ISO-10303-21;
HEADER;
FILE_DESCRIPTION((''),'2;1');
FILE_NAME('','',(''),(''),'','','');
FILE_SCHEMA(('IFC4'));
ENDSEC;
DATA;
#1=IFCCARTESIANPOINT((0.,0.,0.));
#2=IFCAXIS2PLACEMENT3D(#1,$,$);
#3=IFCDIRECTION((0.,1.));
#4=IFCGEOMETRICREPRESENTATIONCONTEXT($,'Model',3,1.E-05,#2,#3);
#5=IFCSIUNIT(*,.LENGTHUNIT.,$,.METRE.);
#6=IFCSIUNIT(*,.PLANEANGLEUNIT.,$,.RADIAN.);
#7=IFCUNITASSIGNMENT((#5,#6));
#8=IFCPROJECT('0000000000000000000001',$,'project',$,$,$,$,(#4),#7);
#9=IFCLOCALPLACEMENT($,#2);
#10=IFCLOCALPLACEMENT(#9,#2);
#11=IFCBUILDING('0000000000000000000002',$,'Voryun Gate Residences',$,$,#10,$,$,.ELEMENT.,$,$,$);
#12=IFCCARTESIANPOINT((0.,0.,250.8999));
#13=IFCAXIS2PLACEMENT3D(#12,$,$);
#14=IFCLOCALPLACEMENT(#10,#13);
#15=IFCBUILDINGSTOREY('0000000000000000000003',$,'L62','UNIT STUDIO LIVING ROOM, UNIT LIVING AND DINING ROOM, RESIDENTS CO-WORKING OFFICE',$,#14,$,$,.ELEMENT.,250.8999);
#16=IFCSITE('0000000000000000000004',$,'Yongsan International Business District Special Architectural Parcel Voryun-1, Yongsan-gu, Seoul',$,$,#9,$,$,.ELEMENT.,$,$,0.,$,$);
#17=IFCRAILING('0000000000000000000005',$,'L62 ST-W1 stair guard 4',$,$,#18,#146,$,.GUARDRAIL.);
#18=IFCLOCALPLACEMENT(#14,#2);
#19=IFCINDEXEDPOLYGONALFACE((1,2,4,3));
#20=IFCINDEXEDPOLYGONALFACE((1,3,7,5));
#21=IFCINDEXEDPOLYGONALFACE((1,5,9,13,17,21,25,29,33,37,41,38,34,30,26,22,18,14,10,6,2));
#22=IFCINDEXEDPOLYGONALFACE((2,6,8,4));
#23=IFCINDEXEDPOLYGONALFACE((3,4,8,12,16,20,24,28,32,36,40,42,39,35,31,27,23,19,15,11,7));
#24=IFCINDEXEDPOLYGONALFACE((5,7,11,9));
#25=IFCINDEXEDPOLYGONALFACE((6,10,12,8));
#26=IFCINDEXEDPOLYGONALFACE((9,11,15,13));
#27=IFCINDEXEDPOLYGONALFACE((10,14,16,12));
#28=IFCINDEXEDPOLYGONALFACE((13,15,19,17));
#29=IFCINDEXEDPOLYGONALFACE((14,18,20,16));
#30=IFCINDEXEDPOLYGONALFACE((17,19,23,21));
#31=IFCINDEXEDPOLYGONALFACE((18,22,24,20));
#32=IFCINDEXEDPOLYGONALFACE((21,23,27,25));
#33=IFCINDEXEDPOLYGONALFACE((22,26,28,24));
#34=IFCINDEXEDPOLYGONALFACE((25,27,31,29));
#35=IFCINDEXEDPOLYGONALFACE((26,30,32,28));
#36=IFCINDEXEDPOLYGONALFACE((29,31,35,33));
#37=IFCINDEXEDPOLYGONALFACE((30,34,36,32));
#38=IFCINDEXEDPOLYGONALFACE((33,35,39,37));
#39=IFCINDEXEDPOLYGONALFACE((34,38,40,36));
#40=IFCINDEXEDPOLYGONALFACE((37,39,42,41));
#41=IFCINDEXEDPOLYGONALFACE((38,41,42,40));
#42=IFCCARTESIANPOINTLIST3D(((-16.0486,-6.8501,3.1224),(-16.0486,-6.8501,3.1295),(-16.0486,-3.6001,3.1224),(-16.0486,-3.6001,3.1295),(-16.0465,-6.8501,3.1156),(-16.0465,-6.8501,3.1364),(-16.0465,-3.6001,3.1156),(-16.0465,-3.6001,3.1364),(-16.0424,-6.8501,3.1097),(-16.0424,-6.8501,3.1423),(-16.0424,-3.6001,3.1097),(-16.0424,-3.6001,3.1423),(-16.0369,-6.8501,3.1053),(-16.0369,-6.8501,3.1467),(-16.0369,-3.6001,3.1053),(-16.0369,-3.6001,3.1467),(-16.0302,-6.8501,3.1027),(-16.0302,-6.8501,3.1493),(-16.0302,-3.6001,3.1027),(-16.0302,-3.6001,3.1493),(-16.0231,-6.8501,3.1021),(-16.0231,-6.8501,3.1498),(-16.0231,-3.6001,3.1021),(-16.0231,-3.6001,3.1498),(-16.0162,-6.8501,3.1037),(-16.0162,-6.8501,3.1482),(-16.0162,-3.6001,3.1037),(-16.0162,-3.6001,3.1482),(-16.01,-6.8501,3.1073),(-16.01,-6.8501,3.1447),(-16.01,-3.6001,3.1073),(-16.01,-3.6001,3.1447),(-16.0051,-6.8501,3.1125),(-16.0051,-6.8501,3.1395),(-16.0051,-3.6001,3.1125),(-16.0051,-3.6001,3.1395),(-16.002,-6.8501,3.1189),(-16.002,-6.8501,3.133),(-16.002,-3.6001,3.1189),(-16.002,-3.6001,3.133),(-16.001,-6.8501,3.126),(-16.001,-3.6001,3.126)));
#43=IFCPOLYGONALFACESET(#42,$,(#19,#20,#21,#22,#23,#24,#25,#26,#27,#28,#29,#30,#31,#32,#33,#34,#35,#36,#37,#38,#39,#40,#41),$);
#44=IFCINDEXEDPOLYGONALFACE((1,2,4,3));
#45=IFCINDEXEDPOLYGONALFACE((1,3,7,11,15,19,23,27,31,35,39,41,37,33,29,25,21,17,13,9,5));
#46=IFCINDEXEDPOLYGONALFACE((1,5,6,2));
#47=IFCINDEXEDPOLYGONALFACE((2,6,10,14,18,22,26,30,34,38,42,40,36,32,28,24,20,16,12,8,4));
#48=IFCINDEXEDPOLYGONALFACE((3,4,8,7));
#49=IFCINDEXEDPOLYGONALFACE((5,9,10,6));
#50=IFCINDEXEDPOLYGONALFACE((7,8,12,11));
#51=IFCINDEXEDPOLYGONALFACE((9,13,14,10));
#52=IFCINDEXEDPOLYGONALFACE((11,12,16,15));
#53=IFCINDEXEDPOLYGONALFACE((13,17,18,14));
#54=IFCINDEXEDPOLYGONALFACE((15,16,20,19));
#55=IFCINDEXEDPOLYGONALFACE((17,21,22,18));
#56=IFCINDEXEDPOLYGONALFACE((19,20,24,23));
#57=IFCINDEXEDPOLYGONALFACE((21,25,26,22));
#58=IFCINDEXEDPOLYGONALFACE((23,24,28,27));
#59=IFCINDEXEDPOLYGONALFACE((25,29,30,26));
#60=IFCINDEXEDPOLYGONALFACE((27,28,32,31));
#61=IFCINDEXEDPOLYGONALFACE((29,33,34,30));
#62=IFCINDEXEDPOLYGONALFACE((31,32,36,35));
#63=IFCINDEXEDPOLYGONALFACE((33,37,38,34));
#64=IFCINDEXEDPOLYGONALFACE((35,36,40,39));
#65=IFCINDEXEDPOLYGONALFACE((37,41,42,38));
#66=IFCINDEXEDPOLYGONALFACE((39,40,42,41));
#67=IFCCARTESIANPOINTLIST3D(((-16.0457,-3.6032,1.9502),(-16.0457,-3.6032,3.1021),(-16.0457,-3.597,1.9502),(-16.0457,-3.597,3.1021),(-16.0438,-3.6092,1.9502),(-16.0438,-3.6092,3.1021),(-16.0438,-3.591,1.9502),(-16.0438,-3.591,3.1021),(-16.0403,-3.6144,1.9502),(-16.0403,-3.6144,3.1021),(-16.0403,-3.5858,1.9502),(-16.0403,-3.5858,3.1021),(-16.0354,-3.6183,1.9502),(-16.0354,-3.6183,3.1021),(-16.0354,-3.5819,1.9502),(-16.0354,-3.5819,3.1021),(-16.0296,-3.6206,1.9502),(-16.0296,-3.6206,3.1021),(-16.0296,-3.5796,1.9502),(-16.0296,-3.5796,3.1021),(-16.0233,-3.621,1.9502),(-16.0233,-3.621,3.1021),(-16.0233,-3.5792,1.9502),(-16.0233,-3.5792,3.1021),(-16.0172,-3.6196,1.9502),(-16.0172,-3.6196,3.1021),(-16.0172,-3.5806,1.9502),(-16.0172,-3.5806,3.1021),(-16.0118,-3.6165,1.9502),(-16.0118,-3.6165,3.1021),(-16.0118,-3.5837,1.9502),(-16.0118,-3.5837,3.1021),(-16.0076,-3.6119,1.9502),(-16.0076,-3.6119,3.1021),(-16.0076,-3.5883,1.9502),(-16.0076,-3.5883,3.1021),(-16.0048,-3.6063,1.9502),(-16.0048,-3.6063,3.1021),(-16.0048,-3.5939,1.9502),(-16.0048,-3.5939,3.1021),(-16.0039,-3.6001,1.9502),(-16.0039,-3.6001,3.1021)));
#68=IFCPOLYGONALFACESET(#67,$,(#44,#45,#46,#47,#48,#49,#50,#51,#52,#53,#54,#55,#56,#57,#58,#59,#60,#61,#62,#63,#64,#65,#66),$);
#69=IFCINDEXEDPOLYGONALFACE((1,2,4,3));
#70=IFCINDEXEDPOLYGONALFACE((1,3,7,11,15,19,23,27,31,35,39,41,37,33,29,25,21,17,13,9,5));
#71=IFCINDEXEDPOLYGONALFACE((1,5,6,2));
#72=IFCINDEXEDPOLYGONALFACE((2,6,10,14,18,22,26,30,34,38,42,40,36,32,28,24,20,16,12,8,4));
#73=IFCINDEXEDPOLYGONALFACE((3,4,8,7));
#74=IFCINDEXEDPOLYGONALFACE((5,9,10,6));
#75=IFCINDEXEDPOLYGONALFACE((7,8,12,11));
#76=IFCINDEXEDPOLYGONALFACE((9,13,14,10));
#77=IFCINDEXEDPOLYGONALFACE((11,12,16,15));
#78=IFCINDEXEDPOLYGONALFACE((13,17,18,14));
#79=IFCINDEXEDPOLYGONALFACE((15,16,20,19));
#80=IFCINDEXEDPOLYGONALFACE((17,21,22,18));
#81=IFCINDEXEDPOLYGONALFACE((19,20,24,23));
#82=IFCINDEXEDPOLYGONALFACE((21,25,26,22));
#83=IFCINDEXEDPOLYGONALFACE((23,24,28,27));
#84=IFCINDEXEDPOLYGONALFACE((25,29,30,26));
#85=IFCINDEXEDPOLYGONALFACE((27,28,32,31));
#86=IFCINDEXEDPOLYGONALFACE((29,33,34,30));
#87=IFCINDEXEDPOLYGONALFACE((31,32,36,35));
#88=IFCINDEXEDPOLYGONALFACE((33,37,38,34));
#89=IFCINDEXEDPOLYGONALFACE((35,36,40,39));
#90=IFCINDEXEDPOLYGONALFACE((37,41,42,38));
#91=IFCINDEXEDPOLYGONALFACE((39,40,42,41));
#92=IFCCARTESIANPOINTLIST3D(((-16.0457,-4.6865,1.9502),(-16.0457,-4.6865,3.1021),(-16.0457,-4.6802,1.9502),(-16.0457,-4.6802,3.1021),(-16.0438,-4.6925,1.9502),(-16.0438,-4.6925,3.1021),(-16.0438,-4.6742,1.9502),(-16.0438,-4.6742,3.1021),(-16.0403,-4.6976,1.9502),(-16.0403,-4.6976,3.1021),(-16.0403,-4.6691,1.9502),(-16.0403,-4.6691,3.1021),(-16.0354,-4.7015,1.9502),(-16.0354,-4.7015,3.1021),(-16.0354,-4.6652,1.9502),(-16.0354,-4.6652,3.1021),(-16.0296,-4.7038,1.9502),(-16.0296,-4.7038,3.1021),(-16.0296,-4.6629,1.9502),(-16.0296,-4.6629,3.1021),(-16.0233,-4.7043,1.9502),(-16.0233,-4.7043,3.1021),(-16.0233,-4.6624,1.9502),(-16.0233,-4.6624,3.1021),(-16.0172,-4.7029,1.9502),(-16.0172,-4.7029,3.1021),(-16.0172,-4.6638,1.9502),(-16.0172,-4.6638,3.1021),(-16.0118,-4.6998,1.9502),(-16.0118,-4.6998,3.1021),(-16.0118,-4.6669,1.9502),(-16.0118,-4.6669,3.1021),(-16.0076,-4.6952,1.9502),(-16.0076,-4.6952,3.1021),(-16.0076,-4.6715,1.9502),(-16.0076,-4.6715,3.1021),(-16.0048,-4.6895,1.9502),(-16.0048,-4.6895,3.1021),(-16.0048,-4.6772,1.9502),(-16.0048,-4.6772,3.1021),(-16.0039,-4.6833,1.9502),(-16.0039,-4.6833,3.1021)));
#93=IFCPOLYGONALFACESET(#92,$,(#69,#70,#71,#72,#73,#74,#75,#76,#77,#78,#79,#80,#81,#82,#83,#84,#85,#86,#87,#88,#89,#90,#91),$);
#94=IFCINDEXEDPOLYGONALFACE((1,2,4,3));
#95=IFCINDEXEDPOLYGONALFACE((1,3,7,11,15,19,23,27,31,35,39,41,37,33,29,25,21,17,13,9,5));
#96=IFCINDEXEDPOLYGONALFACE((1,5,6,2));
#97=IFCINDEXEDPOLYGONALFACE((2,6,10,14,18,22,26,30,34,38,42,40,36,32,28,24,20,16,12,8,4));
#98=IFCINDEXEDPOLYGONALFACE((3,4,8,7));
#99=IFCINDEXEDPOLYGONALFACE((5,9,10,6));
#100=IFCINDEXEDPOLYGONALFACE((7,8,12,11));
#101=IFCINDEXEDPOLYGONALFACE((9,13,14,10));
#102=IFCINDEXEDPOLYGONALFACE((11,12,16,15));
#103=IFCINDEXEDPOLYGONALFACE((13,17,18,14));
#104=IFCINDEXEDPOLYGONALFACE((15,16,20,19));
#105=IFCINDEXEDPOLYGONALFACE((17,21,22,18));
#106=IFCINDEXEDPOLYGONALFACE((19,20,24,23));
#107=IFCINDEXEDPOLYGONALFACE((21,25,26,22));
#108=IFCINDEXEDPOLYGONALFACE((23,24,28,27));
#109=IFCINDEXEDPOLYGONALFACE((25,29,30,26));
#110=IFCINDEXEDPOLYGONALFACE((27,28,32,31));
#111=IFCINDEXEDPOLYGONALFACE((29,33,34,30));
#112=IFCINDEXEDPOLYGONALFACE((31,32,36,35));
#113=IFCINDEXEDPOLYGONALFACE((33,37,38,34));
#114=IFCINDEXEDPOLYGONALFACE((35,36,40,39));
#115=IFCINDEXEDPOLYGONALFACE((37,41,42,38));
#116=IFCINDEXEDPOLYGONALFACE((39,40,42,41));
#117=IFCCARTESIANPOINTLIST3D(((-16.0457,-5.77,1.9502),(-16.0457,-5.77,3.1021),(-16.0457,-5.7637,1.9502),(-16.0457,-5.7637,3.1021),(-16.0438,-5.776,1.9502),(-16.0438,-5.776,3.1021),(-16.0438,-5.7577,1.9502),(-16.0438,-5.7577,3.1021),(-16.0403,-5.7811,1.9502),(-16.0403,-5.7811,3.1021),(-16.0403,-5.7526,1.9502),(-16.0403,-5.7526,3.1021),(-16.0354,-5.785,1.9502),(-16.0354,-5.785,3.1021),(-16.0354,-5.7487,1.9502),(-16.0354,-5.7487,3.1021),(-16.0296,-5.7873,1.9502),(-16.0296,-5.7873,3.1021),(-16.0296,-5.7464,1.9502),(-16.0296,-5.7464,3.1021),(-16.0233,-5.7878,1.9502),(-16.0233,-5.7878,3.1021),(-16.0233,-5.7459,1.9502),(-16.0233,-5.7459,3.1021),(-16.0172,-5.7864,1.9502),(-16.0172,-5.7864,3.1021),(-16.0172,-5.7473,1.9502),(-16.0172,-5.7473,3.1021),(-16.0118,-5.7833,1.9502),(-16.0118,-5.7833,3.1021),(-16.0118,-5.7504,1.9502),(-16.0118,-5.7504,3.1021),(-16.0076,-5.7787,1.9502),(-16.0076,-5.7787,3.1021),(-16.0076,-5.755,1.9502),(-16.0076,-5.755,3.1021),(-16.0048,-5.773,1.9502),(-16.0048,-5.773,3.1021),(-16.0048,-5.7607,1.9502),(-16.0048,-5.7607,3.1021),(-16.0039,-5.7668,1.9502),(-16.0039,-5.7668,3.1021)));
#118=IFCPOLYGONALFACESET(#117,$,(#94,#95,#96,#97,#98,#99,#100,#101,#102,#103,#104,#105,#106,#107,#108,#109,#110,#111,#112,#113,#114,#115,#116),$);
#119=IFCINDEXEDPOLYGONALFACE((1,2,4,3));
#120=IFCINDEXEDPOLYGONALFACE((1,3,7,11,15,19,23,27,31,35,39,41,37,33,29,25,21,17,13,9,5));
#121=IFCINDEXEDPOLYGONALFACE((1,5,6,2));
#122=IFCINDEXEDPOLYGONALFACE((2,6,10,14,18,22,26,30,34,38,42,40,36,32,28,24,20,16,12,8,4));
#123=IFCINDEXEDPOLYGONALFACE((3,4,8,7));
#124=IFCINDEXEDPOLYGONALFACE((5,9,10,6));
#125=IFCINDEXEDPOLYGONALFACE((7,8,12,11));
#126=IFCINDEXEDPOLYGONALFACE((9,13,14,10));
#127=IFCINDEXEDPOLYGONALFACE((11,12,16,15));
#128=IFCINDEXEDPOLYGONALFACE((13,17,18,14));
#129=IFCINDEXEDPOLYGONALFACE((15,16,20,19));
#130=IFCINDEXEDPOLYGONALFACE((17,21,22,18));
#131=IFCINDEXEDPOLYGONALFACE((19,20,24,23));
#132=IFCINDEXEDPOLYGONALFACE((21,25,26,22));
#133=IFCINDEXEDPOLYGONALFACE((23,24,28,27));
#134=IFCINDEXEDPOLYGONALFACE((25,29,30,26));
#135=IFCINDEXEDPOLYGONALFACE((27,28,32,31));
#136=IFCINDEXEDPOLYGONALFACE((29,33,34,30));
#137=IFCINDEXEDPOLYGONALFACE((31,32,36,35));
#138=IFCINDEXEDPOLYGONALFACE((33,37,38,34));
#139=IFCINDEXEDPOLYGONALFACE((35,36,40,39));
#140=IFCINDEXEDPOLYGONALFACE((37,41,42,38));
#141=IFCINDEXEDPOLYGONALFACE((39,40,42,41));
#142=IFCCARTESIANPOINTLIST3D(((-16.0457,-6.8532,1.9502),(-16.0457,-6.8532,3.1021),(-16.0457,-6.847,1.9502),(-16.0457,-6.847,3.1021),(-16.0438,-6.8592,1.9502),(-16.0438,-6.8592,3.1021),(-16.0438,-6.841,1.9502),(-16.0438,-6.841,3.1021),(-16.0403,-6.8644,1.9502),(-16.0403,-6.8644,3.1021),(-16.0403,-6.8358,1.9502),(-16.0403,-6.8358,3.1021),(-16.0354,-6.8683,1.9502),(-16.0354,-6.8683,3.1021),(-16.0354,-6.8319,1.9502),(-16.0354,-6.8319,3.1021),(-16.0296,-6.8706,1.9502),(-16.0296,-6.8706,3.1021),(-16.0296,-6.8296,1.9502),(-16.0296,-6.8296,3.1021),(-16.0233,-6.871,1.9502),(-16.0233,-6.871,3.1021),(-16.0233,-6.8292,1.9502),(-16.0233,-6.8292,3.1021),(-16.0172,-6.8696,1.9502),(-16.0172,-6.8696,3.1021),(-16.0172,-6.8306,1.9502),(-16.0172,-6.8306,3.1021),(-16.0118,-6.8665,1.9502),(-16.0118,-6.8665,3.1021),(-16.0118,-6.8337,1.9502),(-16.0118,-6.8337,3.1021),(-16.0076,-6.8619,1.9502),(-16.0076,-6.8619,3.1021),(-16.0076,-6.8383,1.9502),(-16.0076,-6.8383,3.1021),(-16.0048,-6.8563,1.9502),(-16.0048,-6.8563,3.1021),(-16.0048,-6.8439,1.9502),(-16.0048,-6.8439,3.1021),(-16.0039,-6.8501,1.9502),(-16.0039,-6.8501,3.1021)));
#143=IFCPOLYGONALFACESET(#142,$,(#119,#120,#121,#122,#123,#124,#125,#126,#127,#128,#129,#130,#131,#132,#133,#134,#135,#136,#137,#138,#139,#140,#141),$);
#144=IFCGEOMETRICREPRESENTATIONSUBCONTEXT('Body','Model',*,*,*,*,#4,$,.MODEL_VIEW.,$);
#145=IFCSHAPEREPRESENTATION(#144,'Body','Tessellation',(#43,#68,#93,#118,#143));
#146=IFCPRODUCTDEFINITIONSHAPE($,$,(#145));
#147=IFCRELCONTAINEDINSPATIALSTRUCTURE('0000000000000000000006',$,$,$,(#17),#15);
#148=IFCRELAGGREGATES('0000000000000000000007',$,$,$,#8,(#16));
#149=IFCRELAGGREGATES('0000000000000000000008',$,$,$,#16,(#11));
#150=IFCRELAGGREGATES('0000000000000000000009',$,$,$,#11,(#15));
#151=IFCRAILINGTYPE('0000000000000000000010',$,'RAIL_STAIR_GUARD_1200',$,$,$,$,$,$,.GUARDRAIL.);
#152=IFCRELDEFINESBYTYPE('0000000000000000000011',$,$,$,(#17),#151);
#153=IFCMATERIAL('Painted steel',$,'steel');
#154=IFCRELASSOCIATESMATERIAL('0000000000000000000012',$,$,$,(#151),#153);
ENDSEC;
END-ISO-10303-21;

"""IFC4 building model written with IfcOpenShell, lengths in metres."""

from ifc_helpers import new_model, si_unit, direction, frame, origin, origin_2d, place, context, subcontext, project, spatial, circle, extrude, material, type_object, element, save


model = new_model("IFC4")

# Units and contexts
model_context = context("Model", 3, precision=1e-05, world=origin(), true_north=direction((0.0, 1.0)))
body_context = subcontext(model_context, "Body", "Model", "MODEL_VIEW")
ifc_project = project(units=[si_unit("LENGTHUNIT", "METRE"), si_unit("PLANEANGLEUNIT", "RADIAN")], contexts=[model_context])

# Site, building, storey
site_placement = place(None, origin())
site = spatial("IfcSite", under=ifc_project, at=site_placement, Name="Yongsan International Business District Special Architectural Parcel Voryun-1, Yongsan-gu, Seoul", CompositionType="ELEMENT", RefElevation=0.0)
building_placement = place(site_placement, origin())
building = spatial("IfcBuilding", under=site, at=building_placement, Name="Voryun Gate Residences", CompositionType="ELEMENT")
storey_placement = place(building_placement, frame((0.0, 0.0, 250.8999)))
storey = spatial("IfcBuildingStorey", under=building, at=storey_placement, Name="L62", Description="UNIT STUDIO LIVING ROOM, UNIT LIVING AND DINING ROOM, RESIDENTS CO-WORKING OFFICE", CompositionType="ELEMENT", Elevation=250.8999)

# Railing
ifc_material_1 = material(Name="Painted steel", Category="steel")
railing_type_1 = type_object("IfcRailingType", Name="RAIL_STAIR_GUARD_1200", PredefinedType="GUARDRAIL", material=ifc_material_1)
railing_1_placement = place(storey_placement, frame((-16.0249, -3.6001, 1.9502)))
element("IfcRailing", 1, at=railing_1_placement, inside=storey, type_object=railing_type_1, Name="L62 ST-W1 stair guard 4", PredefinedType="GUARDRAIL", context=body_context, shape_type="SweptSolid", body=[
    extrude(circle(Radius=0.0239, at=origin_2d()), frame((0.0, 0.0, 1.1758), z_axis=(0.0, -1.0, 0.0), x_axis=(1.0, 0.0, 0.0)), (0.0, 0.0, 1.0), 3.25),
    extrude(circle(Radius=0.021, at=origin_2d()), origin(), (0.0, 0.0, 1.0), 1.1519),
    extrude(circle(Radius=0.021, at=origin_2d()), frame((0.0, -1.0833, 0.0)), (0.0, 0.0, 1.0), 1.1519),
    extrude(circle(Radius=0.021, at=origin_2d()), frame((0.0, -2.1667, 0.0)), (0.0, 0.0, 1.0), 1.1519),
    extrude(circle(Radius=0.021, at=origin_2d()), frame((0.0, -3.25, 0.0)), (0.0, 0.0, 1.0), 1.1519),
])

save(model, "model.ifc")
